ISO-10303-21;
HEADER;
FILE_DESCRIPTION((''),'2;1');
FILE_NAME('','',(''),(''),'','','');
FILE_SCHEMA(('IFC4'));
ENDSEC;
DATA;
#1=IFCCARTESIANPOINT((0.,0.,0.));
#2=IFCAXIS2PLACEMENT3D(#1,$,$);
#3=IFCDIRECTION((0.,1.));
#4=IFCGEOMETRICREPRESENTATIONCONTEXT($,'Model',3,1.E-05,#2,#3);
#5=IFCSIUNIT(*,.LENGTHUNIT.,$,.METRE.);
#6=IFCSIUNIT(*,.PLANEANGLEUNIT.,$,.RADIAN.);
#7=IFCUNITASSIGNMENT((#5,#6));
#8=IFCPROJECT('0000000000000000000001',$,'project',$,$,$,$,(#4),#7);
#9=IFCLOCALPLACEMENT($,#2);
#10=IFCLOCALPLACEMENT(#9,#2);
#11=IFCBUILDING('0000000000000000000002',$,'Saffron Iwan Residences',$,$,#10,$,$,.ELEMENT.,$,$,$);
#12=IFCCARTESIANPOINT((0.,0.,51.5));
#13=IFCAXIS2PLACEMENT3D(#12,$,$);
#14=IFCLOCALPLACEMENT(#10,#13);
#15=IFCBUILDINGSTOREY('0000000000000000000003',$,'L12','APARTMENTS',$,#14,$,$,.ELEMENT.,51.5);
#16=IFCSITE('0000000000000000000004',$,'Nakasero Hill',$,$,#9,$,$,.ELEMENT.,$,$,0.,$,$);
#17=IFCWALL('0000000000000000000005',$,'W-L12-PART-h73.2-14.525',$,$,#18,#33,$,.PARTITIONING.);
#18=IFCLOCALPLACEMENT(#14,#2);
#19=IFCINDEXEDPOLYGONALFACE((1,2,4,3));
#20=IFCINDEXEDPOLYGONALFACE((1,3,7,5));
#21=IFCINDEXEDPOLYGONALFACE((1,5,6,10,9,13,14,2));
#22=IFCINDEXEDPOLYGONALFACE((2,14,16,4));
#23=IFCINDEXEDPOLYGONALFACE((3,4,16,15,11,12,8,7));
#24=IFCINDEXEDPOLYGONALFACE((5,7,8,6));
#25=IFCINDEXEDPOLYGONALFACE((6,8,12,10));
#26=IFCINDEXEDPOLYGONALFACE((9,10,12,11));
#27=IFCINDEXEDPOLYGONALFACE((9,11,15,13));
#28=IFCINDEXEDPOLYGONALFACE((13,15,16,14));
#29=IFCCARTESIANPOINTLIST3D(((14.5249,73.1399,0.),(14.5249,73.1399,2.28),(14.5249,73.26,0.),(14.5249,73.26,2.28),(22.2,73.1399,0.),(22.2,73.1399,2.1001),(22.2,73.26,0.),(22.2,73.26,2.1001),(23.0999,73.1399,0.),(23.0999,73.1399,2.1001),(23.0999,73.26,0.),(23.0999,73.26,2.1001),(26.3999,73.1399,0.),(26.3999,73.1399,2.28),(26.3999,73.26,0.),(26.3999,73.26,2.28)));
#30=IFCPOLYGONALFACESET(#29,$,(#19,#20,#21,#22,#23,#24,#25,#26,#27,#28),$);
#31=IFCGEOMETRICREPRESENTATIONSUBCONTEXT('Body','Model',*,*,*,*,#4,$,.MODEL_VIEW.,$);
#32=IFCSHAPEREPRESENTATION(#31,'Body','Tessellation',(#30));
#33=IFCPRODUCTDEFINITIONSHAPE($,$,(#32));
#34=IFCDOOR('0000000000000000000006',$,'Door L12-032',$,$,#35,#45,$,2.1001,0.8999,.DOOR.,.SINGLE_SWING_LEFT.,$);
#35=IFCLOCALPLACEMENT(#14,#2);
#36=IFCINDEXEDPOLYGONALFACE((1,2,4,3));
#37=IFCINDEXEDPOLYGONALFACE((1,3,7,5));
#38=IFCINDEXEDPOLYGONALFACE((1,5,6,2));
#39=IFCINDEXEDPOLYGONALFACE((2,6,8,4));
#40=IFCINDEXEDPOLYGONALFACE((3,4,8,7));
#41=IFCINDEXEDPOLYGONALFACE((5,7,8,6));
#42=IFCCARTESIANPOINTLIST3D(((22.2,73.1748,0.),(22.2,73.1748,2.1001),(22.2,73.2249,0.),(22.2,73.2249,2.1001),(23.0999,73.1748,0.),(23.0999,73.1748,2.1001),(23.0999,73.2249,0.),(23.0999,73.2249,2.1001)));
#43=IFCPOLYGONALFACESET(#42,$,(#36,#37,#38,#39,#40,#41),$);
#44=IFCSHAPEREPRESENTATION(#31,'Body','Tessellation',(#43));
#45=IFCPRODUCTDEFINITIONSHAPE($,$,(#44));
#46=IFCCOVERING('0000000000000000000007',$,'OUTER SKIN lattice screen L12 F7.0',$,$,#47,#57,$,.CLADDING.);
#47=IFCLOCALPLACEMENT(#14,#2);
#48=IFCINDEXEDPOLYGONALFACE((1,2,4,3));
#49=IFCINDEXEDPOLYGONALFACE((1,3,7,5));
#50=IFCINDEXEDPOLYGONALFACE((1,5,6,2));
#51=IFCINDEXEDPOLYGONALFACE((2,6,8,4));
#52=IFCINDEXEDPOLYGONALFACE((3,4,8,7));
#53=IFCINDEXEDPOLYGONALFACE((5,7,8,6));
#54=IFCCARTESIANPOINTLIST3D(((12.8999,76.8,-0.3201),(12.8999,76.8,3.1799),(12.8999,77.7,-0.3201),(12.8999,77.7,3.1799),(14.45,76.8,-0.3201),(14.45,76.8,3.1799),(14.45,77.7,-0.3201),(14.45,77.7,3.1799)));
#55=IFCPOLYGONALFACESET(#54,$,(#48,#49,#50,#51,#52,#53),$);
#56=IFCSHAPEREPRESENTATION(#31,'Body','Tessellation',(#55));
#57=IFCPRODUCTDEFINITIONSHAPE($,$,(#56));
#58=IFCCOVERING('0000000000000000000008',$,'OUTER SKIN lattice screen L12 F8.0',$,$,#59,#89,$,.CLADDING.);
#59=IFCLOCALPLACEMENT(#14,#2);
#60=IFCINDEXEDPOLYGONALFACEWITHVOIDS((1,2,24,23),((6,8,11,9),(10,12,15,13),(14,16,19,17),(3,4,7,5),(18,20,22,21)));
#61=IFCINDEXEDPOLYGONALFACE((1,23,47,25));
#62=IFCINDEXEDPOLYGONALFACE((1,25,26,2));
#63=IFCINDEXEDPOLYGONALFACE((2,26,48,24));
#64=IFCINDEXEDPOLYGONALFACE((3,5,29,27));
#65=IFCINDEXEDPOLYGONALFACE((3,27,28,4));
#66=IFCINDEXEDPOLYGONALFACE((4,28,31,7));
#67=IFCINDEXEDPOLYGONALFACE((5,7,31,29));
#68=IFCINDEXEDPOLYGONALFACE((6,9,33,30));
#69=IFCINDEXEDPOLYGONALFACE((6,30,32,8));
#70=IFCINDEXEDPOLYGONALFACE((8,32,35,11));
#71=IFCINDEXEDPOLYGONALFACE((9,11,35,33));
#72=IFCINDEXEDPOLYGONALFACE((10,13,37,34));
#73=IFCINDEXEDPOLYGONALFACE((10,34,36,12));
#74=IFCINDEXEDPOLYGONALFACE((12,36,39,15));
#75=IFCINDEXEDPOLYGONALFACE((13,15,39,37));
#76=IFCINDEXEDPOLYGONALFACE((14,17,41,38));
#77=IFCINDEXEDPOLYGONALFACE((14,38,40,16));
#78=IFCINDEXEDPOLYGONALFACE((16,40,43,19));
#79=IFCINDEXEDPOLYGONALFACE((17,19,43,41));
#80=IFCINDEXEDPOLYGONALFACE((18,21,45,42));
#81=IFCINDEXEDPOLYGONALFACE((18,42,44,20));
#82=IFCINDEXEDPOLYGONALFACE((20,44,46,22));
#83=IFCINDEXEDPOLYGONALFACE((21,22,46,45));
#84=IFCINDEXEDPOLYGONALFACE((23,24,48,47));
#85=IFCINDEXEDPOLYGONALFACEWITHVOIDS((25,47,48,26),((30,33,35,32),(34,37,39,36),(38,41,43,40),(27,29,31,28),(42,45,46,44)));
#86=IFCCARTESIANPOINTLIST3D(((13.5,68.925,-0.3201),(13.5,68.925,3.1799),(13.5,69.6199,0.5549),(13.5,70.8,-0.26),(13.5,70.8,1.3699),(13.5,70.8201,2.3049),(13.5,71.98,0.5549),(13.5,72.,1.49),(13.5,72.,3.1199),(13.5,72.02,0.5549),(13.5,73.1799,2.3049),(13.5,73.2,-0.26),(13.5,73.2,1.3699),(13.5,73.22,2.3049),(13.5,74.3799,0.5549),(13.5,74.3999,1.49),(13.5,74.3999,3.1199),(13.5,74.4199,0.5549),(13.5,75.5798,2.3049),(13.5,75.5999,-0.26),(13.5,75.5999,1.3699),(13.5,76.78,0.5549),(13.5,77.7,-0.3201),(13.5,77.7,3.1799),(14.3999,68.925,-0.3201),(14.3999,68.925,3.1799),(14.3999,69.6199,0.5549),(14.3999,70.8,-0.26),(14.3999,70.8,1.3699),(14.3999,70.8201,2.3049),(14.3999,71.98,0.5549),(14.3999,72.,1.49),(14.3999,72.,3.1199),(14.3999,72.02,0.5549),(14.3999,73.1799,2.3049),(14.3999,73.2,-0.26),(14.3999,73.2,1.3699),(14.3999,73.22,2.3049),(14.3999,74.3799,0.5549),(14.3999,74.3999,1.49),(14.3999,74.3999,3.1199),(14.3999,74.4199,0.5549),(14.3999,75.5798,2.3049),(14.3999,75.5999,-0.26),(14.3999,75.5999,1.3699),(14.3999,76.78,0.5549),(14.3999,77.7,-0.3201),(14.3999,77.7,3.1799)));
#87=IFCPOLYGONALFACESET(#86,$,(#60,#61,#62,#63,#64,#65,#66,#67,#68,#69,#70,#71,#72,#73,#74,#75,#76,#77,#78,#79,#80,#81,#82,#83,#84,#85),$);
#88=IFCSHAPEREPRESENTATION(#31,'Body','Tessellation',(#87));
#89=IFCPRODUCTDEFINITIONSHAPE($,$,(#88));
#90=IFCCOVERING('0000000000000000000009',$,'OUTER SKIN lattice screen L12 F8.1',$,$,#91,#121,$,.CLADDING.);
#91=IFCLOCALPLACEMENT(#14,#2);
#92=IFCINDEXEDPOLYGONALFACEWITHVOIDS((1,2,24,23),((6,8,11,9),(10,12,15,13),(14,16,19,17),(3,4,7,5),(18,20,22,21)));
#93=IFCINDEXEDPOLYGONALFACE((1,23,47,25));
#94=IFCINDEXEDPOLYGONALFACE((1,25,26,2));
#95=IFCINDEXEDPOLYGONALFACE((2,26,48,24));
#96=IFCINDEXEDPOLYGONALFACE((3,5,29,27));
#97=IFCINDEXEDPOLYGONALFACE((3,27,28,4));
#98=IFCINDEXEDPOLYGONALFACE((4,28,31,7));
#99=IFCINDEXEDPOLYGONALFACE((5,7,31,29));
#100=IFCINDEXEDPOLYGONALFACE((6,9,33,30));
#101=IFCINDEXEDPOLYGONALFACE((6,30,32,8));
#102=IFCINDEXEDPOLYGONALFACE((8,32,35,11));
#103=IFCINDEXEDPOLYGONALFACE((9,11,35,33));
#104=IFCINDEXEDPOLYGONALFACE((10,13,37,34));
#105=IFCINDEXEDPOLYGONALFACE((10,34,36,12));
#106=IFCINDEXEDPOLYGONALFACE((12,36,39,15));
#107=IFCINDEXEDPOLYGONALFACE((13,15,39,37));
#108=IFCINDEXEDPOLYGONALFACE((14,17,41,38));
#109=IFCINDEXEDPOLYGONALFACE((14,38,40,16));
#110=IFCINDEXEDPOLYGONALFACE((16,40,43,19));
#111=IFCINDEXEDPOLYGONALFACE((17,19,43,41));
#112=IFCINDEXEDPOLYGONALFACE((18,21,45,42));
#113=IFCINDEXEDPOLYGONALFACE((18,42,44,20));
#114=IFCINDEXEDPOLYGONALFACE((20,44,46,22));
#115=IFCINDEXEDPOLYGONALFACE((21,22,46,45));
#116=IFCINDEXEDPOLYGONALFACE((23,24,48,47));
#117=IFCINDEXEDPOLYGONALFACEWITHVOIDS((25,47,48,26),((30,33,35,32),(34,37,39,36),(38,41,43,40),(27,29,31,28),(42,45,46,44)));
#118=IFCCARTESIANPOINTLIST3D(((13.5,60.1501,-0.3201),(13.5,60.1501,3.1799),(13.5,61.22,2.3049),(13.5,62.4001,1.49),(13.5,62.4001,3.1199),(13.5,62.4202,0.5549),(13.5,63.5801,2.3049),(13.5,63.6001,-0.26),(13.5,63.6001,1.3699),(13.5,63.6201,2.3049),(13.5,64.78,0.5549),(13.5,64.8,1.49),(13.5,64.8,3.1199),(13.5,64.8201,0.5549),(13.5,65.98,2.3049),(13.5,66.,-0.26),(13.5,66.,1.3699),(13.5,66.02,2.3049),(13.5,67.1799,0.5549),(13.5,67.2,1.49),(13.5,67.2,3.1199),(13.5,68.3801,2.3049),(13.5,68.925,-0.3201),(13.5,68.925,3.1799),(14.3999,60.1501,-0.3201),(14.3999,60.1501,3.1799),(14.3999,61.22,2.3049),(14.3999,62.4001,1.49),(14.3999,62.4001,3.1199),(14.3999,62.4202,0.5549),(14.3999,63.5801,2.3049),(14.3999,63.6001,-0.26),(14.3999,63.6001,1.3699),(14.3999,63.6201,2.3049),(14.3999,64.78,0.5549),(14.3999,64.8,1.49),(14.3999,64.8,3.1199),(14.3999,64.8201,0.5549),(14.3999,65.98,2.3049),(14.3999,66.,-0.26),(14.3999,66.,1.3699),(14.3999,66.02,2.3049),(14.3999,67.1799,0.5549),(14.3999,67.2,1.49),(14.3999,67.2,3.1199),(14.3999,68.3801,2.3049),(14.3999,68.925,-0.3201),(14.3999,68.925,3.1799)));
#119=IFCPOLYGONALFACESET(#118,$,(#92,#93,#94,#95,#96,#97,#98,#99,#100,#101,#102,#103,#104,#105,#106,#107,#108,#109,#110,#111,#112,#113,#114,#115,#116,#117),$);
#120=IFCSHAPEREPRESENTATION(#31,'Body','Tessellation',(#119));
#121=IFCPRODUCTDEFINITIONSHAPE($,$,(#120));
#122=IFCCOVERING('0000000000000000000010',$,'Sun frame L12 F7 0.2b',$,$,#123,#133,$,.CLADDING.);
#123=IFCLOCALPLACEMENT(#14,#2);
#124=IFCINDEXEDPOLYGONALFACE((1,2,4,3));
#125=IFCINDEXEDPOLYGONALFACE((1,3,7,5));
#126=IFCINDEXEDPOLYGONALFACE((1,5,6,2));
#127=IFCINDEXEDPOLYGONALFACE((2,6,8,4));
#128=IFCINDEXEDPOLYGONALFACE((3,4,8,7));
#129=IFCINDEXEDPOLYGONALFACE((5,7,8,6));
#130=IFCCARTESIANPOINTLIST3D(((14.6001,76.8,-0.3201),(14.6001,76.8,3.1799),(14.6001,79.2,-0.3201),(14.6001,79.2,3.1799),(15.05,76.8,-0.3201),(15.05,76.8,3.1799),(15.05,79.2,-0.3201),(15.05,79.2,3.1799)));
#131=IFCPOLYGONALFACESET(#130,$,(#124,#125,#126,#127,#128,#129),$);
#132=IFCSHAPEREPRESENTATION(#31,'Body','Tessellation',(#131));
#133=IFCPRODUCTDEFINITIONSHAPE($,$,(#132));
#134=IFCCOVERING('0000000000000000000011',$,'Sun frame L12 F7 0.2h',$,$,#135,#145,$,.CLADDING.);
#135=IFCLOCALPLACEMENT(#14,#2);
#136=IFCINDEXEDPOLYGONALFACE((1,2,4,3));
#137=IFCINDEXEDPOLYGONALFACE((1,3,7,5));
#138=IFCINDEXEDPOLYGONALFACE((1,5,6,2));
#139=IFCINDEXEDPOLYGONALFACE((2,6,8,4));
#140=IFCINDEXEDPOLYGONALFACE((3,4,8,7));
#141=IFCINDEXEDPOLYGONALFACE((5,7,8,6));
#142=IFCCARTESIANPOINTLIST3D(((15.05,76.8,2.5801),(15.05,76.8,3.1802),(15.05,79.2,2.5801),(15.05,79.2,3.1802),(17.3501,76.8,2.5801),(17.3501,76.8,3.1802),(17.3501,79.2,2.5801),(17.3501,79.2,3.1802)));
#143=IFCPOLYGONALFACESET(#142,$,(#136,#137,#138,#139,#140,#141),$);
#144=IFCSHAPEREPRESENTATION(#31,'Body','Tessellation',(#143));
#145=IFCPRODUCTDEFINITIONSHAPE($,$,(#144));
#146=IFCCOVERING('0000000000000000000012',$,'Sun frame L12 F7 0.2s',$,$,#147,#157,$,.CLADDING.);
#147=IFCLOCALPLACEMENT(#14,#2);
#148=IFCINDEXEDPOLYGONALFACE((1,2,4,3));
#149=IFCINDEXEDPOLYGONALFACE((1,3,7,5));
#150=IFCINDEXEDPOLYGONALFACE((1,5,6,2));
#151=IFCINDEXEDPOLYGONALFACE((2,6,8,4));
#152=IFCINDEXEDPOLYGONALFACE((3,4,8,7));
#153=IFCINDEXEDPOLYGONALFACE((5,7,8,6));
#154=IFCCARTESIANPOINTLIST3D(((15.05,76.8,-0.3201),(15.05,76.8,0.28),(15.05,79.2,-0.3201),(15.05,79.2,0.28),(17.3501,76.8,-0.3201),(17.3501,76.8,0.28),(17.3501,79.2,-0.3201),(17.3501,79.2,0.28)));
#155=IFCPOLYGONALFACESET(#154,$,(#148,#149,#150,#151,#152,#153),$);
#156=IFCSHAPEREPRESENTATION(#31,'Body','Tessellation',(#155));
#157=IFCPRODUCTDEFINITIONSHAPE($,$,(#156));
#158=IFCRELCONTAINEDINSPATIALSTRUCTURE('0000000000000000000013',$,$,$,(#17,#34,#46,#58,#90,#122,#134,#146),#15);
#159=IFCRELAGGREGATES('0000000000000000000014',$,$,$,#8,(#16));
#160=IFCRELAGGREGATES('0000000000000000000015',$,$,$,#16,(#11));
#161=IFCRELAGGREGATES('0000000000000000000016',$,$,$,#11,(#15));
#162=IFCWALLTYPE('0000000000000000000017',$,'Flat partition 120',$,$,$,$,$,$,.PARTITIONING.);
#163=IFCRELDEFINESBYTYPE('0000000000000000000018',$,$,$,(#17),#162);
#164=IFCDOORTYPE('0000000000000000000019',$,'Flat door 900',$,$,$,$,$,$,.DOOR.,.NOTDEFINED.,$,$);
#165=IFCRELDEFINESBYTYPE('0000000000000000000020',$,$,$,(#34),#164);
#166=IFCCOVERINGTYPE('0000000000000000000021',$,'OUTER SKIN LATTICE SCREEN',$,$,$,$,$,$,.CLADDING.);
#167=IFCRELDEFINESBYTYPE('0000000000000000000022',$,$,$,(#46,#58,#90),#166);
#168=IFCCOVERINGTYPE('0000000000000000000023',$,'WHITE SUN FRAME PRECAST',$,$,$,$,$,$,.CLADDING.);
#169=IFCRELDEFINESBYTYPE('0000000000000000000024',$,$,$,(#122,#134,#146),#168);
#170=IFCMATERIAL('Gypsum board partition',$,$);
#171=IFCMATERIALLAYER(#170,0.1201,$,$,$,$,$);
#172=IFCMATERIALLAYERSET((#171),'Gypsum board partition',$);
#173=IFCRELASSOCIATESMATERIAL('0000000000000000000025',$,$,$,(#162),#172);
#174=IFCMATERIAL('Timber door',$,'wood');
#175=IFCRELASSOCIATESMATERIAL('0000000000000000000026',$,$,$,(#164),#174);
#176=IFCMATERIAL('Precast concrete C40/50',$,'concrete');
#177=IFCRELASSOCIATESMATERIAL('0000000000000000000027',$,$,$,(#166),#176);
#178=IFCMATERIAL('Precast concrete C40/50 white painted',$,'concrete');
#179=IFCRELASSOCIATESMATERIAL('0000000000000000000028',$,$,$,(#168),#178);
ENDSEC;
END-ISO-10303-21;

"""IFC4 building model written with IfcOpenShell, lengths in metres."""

from ifc_helpers import new_model, si_unit, direction, frame, frame_2d, origin, place, context, subcontext, project, spatial, polyline, rectangle, outline, extrude, material, layer, layer_set, type_object, element, fill, save


model = new_model("IFC4")

# Units and contexts
model_context = context("Model", 3, precision=1e-05, world=origin(), true_north=direction((0.0, 1.0)))
body_context = subcontext(model_context, "Body", "Model", "MODEL_VIEW")
ifc_project = project(units=[si_unit("LENGTHUNIT", "METRE"), si_unit("PLANEANGLEUNIT", "RADIAN")], contexts=[model_context])

# Site, building, storey
site_placement = place(None, origin())
site = spatial("IfcSite", under=ifc_project, at=site_placement, Name="Nakasero Hill", CompositionType="ELEMENT", RefElevation=0.0)
building_placement = place(site_placement, origin())
building = spatial("IfcBuilding", under=site, at=building_placement, Name="Saffron Iwan Residences", CompositionType="ELEMENT")
storey_placement = place(building_placement, frame((0.0, 0.0, 51.5)))
storey = spatial("IfcBuildingStorey", under=building, at=storey_placement, Name="L12", Description="APARTMENTS", CompositionType="ELEMENT", Elevation=51.5)

# Wall, opening, door
ifc_material_1 = material(Name="Gypsum board partition")
ifc_layer_1 = layer(ifc_material_1, 0.1201)
ifc_layer_set_1 = layer_set([ifc_layer_1], Name="Gypsum board partition")
wall_type_1 = type_object("IfcWallType", Name="Flat partition 120", PredefinedType="PARTITIONING", material=ifc_layer_set_1)
ifc_material_2 = material(Name="Timber door", Category="wood")
wall_1_placement = place(storey_placement, frame((14.5249, 73.2, 0.0), z_axis=(0.0, 0.0, 1.0), x_axis=(1.0, 0.0, 0.0)))
wall_1 = element("IfcWall", 1, at=wall_1_placement, inside=storey, type_object=wall_type_1, Name="W-L12-PART-h73.2-14.525", PredefinedType="PARTITIONING", context=body_context, shape_type="SweptSolid", body=[
    extrude(rectangle(XDim=11.875, YDim=0.1201, at=frame_2d((5.9375, 0.0))), origin(), (0.0, 0.0, 1.0), 2.28),
])
opening_1_placement = place(wall_1_placement, frame((7.675, 0.0, 0.0)))
opening_1 = element("IfcOpeningElement", 2, at=opening_1_placement, cuts=wall_1, PredefinedType="OPENING", context=body_context, shape_type="SweptSolid", body=[
    extrude(rectangle(XDim=0.8999, YDim=2.1001, at=frame_2d((0.45, 1.05))), frame((0.0, 0.0701, 0.0), z_axis=(0.0, -1.0, 0.0), x_axis=(1.0, 0.0, 0.0)), (0.0, 0.0, 1.0), 0.1401),
])
door_type_1 = type_object("IfcDoorType", Name="Flat door 900", OperationType="NOTDEFINED", PredefinedType="DOOR", material=ifc_material_2)
door_1_placement = place(opening_1_placement, origin())
door_1 = element("IfcDoor", 3, at=door_1_placement, inside=storey, type_object=door_type_1, Name="Door L12-032", OperationType="SINGLE_SWING_LEFT", OverallHeight=2.1001, OverallWidth=0.8999, PredefinedType="DOOR", context=body_context, shape_type="SweptSolid", body=[
    extrude(rectangle(XDim=0.8999, YDim=2.1001, at=frame_2d((0.45, 1.05))), frame((0.0, 0.0249, 0.0), z_axis=(0.0, -1.0, 0.0), x_axis=(1.0, 0.0, 0.0)), (0.0, 0.0, 1.0), 0.05),
])
fill(opening_1, door_1)

# Coverings
ifc_material_3 = material(Name="Precast concrete C40/50", Category="concrete")
covering_type_1 = type_object("IfcCoveringType", Name="OUTER SKIN LATTICE SCREEN", PredefinedType="CLADDING", material=ifc_material_3)
covering_1_placement = place(storey_placement, frame((14.45, 76.8, -0.3201), z_axis=(0.0, 1.0, 0.0), x_axis=(-1.0, 0.0, 0.0)))
element("IfcCovering", 4, at=covering_1_placement, inside=storey, type_object=covering_type_1, Name="OUTER SKIN lattice screen L12 F7.0", PredefinedType="CLADDING", context=body_context, shape_type="SweptSolid", body=[
    extrude(outline(polyline([(0.0, 0.0), (1.55, 0.0), (1.55, 3.5), (0.0, 3.5), (0.0, 0.0)])), origin(), (0.0, 0.0, 1.0), 0.8999),
])
covering_2_placement = place(storey_placement, frame((14.3999, 77.7, -0.3201), z_axis=(-1.0, 0.0, 0.0), x_axis=(0.0, -1.0, 0.0)))
element("IfcCovering", 5, at=covering_2_placement, inside=storey, type_object=covering_type_1, Name="OUTER SKIN lattice screen L12 F8.0", PredefinedType="CLADDING", context=body_context, shape_type="SweptSolid", body=[
    extrude(outline(polyline([(0.0, 0.0), (8.7749, 0.0), (8.7749, 3.5), (0.0, 3.5), (0.0, 0.0)]), holes=[polyline([(0.9199, 0.875), (2.1001, 0.0601), (3.28, 0.875), (2.1001, 1.6899), (0.9199, 0.875)]), polyline([(3.3201, 0.875), (4.5, 0.0601), (5.6799, 0.875), (4.5, 1.6899), (3.3201, 0.875)]), polyline([(5.72, 0.875), (6.8999, 0.0601), (8.0801, 0.875), (6.8999, 1.6899), (5.72, 0.875)]), polyline([(2.1201, 2.625), (3.3, 1.8101), (4.48, 2.625), (3.3, 3.4399), (2.1201, 2.625)]), polyline([(4.52, 2.625), (5.7, 1.8101), (6.8799, 2.625), (5.7, 3.4399), (4.52, 2.625)])]), origin(), (0.0, 0.0, 1.0), 0.8999),
])
covering_3_placement = place(storey_placement, frame((14.3999, 68.925, -0.3201), z_axis=(-1.0, 0.0, 0.0), x_axis=(0.0, -1.0, 0.0)))
element("IfcCovering", 6, at=covering_3_placement, inside=storey, type_object=covering_type_1, Name="OUTER SKIN lattice screen L12 F8.1", PredefinedType="CLADDING", context=body_context, shape_type="SweptSolid", body=[
    extrude(outline(polyline([(0.0, 0.0), (8.7749, 0.0), (8.7749, 3.5), (0.0, 3.5), (0.0, 0.0)]), holes=[polyline([(1.7451, 0.875), (2.925, 0.0601), (4.105, 0.875), (2.925, 1.6899), (1.7451, 0.875)]), polyline([(4.145, 0.875), (5.325, 0.0601), (6.5049, 0.875), (5.325, 1.6899), (4.145, 0.875)]), polyline([(0.5449, 2.625), (1.7251, 1.8101), (2.905, 2.625), (1.7251, 3.4399), (0.5449, 2.625)]), polyline([(2.9451, 2.625), (4.125, 1.8101), (5.3049, 2.625), (4.125, 3.4399), (2.9451, 2.625)]), polyline([(5.345, 2.625), (6.5249, 1.8101), (7.7051, 2.625), (6.5249, 3.4399), (5.345, 2.625)])]), origin(), (0.0, 0.0, 1.0), 0.8999),
])
ifc_material_4 = material(Name="Precast concrete C40/50 white painted", Category="concrete")
covering_type_2 = type_object("IfcCoveringType", Name="WHITE SUN FRAME PRECAST", PredefinedType="CLADDING", material=ifc_material_4)
covering_4_placement = place(storey_placement, frame((15.05, 76.8, -0.3201), z_axis=(0.0, 1.0, 0.0), x_axis=(-1.0, 0.0, 0.0)))
element("IfcCovering", 7, at=covering_4_placement, inside=storey, type_object=covering_type_2, Name="Sun frame L12 F7 0.2b", PredefinedType="CLADDING", context=body_context, shape_type="SweptSolid", body=[
    extrude(outline(polyline([(0.0, 0.0), (0.45, 0.0), (0.45, 3.5), (0.0, 3.5), (0.0, 0.0)])), origin(), (0.0, 0.0, 1.0), 2.3999),
])
for number, where, z_axis, x_axis, name in (
    (8, (17.3501, 76.8, 2.5801), (0.0, 1.0, 0.0), (-1.0, 0.0, 0.0), "Sun frame L12 F7 0.2h"),
    (9, (17.3501, 76.8, -0.3201), (0.0, 1.0, 0.0), (-1.0, 0.0, 0.0), "Sun frame L12 F7 0.2s"),
):
    element("IfcCovering", number, at=place(storey_placement, frame(where, z_axis=z_axis, x_axis=x_axis)), inside=storey, type_object=covering_type_2, Name=name, PredefinedType="CLADDING", context=body_context, shape_type="SweptSolid", body=[
        extrude(outline(polyline([(0.0, 0.0), (2.3, 0.0), (2.3, 0.6001), (0.0, 0.6001), (0.0, 0.0)])), origin(), (0.0, 0.0, 1.0), 2.3999),
    ])

save(model, "model.ifc")
